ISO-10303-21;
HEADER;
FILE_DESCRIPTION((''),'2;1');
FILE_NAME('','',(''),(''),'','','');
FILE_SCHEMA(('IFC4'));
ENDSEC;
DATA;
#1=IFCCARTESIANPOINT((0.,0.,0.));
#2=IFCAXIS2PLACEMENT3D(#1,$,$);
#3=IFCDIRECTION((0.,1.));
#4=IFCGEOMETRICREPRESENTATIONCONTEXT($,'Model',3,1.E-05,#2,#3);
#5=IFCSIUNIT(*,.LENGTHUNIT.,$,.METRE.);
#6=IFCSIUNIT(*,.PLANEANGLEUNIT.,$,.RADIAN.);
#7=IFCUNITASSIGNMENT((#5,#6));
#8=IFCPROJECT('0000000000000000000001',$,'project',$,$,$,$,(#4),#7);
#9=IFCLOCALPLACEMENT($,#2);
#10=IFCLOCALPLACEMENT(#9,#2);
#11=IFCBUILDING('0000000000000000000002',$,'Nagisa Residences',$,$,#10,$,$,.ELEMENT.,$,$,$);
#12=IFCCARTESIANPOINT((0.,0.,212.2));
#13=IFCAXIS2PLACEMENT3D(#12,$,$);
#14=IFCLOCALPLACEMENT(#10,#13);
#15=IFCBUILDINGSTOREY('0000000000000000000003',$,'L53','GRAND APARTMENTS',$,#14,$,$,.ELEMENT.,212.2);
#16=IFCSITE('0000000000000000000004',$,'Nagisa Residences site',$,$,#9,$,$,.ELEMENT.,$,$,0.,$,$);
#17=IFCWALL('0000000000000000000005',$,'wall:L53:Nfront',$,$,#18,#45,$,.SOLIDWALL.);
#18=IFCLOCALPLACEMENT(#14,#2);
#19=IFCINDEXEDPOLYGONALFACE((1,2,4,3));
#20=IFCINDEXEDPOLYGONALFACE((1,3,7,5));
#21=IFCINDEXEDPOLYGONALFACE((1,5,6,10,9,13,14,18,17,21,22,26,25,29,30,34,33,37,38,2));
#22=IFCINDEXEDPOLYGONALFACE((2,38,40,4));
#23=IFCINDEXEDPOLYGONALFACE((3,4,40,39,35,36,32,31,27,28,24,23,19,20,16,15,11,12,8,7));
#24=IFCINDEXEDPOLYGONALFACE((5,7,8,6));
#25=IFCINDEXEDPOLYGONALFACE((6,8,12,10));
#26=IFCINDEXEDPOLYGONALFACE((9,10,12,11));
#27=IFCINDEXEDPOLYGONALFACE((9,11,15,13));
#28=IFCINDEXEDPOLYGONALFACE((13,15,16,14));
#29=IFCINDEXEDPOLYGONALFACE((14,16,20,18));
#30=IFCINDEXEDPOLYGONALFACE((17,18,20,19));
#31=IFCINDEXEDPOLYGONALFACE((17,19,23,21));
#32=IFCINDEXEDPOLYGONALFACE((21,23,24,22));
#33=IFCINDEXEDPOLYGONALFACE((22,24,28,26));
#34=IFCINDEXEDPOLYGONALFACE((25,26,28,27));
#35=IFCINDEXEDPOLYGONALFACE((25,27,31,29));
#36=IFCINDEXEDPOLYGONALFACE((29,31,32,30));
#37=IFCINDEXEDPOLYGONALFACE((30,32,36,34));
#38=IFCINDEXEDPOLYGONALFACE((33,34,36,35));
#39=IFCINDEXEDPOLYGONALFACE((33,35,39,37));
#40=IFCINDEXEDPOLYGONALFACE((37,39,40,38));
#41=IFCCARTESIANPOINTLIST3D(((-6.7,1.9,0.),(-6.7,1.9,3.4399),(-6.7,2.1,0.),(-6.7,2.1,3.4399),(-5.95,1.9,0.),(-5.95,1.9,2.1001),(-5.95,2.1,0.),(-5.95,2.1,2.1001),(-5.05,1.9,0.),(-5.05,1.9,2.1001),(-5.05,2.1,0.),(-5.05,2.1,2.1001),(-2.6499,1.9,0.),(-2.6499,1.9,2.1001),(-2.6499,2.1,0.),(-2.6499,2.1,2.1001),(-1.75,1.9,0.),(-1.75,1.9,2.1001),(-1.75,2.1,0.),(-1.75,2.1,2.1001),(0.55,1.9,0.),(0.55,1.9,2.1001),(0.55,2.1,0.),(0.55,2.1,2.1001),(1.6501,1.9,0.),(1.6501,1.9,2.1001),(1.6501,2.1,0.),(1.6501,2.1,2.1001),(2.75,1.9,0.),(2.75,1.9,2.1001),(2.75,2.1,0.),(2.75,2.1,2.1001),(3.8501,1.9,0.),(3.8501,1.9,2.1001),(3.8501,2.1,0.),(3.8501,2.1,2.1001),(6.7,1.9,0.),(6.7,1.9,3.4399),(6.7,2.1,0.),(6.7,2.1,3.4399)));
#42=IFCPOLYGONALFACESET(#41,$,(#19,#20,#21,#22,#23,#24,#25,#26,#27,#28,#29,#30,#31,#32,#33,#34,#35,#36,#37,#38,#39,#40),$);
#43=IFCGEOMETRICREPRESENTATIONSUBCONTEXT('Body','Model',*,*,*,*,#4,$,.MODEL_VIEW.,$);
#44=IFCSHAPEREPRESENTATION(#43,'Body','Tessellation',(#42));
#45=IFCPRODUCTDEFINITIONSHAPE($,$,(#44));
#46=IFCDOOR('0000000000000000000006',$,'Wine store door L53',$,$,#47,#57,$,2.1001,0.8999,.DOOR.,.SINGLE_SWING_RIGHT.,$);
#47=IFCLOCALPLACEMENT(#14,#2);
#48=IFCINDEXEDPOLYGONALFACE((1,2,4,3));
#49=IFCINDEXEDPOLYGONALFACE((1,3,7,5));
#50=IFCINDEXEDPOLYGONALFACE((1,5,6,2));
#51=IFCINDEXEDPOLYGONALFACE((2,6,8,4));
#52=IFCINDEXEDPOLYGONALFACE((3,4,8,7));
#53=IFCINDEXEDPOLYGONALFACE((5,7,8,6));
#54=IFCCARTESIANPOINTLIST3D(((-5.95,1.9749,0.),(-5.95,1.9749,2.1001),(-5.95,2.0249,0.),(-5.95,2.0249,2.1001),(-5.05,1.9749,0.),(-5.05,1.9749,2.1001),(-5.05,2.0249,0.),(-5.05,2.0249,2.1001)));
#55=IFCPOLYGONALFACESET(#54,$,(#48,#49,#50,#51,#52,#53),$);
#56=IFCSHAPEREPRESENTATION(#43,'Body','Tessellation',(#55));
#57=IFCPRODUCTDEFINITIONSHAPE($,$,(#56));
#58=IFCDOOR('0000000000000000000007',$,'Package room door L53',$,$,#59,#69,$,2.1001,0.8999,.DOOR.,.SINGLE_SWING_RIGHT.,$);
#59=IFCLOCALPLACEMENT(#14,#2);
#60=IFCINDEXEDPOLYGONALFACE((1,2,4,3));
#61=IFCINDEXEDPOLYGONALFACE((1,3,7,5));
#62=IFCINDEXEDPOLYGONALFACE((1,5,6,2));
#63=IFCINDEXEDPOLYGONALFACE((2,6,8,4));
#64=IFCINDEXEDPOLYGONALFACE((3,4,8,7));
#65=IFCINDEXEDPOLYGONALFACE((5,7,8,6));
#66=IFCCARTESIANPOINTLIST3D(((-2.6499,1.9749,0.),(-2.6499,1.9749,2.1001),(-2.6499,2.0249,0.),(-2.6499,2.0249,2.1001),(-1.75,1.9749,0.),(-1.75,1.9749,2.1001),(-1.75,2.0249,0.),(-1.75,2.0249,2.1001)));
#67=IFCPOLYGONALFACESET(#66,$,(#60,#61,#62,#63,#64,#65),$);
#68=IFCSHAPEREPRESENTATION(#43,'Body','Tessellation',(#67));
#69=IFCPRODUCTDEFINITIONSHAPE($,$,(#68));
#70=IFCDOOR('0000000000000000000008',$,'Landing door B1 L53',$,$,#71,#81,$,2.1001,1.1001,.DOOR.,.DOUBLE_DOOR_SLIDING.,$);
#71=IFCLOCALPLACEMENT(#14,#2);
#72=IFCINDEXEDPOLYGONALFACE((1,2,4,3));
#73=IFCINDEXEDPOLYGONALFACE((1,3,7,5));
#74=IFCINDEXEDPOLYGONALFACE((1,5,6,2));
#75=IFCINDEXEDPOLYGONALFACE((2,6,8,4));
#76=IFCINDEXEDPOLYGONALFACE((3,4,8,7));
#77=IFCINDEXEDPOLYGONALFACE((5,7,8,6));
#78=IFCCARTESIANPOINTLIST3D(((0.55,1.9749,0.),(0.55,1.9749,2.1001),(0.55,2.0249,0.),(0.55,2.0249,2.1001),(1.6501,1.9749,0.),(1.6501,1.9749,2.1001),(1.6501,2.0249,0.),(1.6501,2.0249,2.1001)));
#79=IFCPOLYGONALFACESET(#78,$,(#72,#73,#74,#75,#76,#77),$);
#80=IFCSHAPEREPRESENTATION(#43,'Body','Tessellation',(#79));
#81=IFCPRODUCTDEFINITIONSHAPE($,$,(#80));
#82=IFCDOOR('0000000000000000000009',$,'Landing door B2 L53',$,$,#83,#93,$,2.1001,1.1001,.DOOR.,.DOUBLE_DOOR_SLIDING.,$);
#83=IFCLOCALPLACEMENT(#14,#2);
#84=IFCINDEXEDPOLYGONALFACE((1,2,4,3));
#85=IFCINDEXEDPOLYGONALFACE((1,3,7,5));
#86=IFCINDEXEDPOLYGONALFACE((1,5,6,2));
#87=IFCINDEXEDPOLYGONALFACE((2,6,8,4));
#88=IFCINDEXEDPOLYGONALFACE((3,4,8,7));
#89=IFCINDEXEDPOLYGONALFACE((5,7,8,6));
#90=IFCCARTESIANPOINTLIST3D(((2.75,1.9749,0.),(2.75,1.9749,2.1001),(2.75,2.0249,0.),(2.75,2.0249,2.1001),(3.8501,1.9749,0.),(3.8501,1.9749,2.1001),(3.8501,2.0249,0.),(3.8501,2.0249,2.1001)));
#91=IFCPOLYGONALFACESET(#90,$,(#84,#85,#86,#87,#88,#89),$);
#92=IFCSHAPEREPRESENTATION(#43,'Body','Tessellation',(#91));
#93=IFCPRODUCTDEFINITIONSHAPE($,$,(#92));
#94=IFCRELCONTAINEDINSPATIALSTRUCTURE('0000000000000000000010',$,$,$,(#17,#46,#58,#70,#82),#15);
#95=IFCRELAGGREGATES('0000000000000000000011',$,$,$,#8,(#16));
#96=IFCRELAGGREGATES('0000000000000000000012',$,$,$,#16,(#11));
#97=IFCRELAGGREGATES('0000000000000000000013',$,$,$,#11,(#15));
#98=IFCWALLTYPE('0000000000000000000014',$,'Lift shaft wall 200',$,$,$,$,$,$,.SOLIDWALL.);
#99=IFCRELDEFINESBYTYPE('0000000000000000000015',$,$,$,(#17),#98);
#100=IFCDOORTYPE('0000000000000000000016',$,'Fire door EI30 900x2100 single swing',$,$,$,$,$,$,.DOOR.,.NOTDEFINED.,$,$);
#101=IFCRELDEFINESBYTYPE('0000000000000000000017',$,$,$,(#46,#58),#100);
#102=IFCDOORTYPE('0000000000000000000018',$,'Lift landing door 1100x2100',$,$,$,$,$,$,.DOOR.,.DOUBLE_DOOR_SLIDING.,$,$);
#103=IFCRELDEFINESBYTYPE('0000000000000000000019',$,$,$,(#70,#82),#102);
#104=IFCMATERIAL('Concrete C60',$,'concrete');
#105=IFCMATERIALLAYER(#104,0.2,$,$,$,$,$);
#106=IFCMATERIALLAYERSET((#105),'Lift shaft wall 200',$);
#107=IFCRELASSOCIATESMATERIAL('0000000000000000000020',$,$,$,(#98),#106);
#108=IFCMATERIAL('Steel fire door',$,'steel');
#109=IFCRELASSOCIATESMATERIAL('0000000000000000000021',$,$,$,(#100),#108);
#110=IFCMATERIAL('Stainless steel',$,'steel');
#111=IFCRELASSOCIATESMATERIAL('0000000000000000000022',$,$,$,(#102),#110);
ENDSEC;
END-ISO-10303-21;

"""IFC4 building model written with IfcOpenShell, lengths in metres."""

from ifc_helpers import new_model, si_unit, direction, frame, frame_2d, origin, place, context, subcontext, project, spatial, rectangle, extrude, material, layer, layer_set, type_object, element, fill, save


model = new_model("IFC4")

# Units and contexts
model_context = context("Model", 3, precision=1e-05, world=origin(), true_north=direction((0.0, 1.0)))
body_context = subcontext(model_context, "Body", "Model", "MODEL_VIEW")
ifc_project = project(units=[si_unit("LENGTHUNIT", "METRE"), si_unit("PLANEANGLEUNIT", "RADIAN")], contexts=[model_context])

# Site, building, storey
site_placement = place(None, origin())
site = spatial("IfcSite", under=ifc_project, at=site_placement, Name="Nagisa Residences site", CompositionType="ELEMENT", RefElevation=0.0)
building_placement = place(site_placement, origin())
building = spatial("IfcBuilding", under=site, at=building_placement, Name="Nagisa Residences", CompositionType="ELEMENT")
storey_placement = place(building_placement, frame((0.0, 0.0, 212.2)))
storey = spatial("IfcBuildingStorey", under=building, at=storey_placement, Name="L53", Description="GRAND APARTMENTS", CompositionType="ELEMENT", Elevation=212.2)

# Wall, openings, doors
ifc_material_1 = material(Name="Concrete C60", Category="concrete")
ifc_layer_1 = layer(ifc_material_1, 0.2)
ifc_layer_set_1 = layer_set([ifc_layer_1], Name="Lift shaft wall 200")
wall_type_1 = type_object("IfcWallType", Name="Lift shaft wall 200", PredefinedType="SOLIDWALL", material=ifc_layer_set_1)
wall_1_placement = place(storey_placement, frame((-6.7, 2.0, 0.0), z_axis=(0.0, 0.0, 1.0), x_axis=(1.0, 0.0, 0.0)))
wall_1 = element("IfcWall", 1, at=wall_1_placement, inside=storey, type_object=wall_type_1, Name="wall:L53:Nfront", PredefinedType="SOLIDWALL", context=body_context, shape_type="SweptSolid", body=[
    extrude(rectangle(XDim=13.3999, YDim=0.2, at=frame_2d((6.7, 0.0))), origin(), (0.0, 0.0, 1.0), 3.4399),
])
opening_1_placement = place(wall_1_placement, frame((7.25, 0.0, 0.0)))
opening_1 = element("IfcOpeningElement", 2, at=opening_1_placement, cuts=wall_1, PredefinedType="OPENING", context=body_context, shape_type="SweptSolid", body=[
    extrude(rectangle(XDim=1.1001, YDim=2.1001, at=frame_2d((0.55, 1.05))), frame((0.0, 0.1099, 0.0), z_axis=(0.0, -1.0, 0.0), x_axis=(1.0, 0.0, 0.0)), (0.0, 0.0, 1.0), 0.22),
])
opening_2_placement = place(wall_1_placement, frame((9.45, 0.0, 0.0)))
opening_2 = element("IfcOpeningElement", 3, at=opening_2_placement, cuts=wall_1, PredefinedType="OPENING", context=body_context, shape_type="SweptSolid", body=[
    extrude(rectangle(XDim=1.1001, YDim=2.1001, at=frame_2d((0.55, 1.05))), frame((0.0, 0.1099, 0.0), z_axis=(0.0, -1.0, 0.0), x_axis=(1.0, 0.0, 0.0)), (0.0, 0.0, 1.0), 0.22),
])
opening_3_placement = place(wall_1_placement, frame((0.75, 0.0, 0.0)))
opening_3 = element("IfcOpeningElement", 4, at=opening_3_placement, cuts=wall_1, PredefinedType="OPENING", context=body_context, shape_type="SweptSolid", body=[
    extrude(rectangle(XDim=0.8999, YDim=2.1001, at=frame_2d((0.45, 1.05))), frame((0.0, 0.1099, 0.0), z_axis=(0.0, -1.0, 0.0), x_axis=(1.0, 0.0, 0.0)), (0.0, 0.0, 1.0), 0.22),
])
opening_4_placement = place(wall_1_placement, frame((4.05, 0.0, 0.0)))
opening_4 = element("IfcOpeningElement", 5, at=opening_4_placement, cuts=wall_1, PredefinedType="OPENING", context=body_context, shape_type="SweptSolid", body=[
    extrude(rectangle(XDim=0.8999, YDim=2.1001, at=frame_2d((0.45, 1.05))), frame((0.0, 0.1099, 0.0), z_axis=(0.0, -1.0, 0.0), x_axis=(1.0, 0.0, 0.0)), (0.0, 0.0, 1.0), 0.22),
])
ifc_material_2 = material(Name="Steel fire door", Category="steel")
door_type_1 = type_object("IfcDoorType", Name="Fire door EI30 900x2100 single swing", OperationType="NOTDEFINED", PredefinedType="DOOR", material=ifc_material_2)
door_1_placement = place(opening_3_placement, origin())
door_1 = element("IfcDoor", 6, at=door_1_placement, inside=storey, type_object=door_type_1, Name="Wine store door L53", OperationType="SINGLE_SWING_RIGHT", OverallHeight=2.1001, OverallWidth=0.8999, PredefinedType="DOOR", context=body_context, shape_type="SweptSolid", body=[
    extrude(rectangle(XDim=0.8999, YDim=2.1001, at=frame_2d((0.45, 1.05))), frame((0.0, 0.0249, 0.0), z_axis=(0.0, -1.0, 0.0), x_axis=(1.0, 0.0, 0.0)), (0.0, 0.0, 1.0), 0.05),
])
fill(opening_3, door_1)
door_2_placement = place(opening_4_placement, origin())
door_2 = element("IfcDoor", 7, at=door_2_placement, inside=storey, type_object=door_type_1, Name="Package room door L53", OperationType="SINGLE_SWING_RIGHT", OverallHeight=2.1001, OverallWidth=0.8999, PredefinedType="DOOR", context=body_context, shape_type="SweptSolid", body=[
    extrude(rectangle(XDim=0.8999, YDim=2.1001, at=frame_2d((0.45, 1.05))), frame((0.0, 0.0249, 0.0), z_axis=(0.0, -1.0, 0.0), x_axis=(1.0, 0.0, 0.0)), (0.0, 0.0, 1.0), 0.05),
])
fill(opening_4, door_2)
ifc_material_3 = material(Name="Stainless steel", Category="steel")
door_type_2 = type_object("IfcDoorType", Name="Lift landing door 1100x2100", OperationType="DOUBLE_DOOR_SLIDING", PredefinedType="DOOR", material=ifc_material_3)
door_3_placement = place(opening_1_placement, origin())
door_3 = element("IfcDoor", 8, at=door_3_placement, inside=storey, type_object=door_type_2, Name="Landing door B1 L53", OperationType="DOUBLE_DOOR_SLIDING", OverallHeight=2.1001, OverallWidth=1.1001, PredefinedType="DOOR", context=body_context, shape_type="SweptSolid", body=[
    extrude(rectangle(XDim=1.1001, YDim=2.1001, at=frame_2d((0.55, 1.05))), frame((0.0, 0.0249, 0.0), z_axis=(0.0, -1.0, 0.0), x_axis=(1.0, 0.0, 0.0)), (0.0, 0.0, 1.0), 0.05),
])
fill(opening_1, door_3)
door_4_placement = place(opening_2_placement, origin())
door_4 = element("IfcDoor", 9, at=door_4_placement, inside=storey, type_object=door_type_2, Name="Landing door B2 L53", OperationType="DOUBLE_DOOR_SLIDING", OverallHeight=2.1001, OverallWidth=1.1001, PredefinedType="DOOR", context=body_context, shape_type="SweptSolid", body=[
    extrude(rectangle(XDim=1.1001, YDim=2.1001, at=frame_2d((0.55, 1.05))), frame((0.0, 0.0249, 0.0), z_axis=(0.0, -1.0, 0.0), x_axis=(1.0, 0.0, 0.0)), (0.0, 0.0, 1.0), 0.05),
])
fill(opening_2, door_4)

save(model, "model.ifc")
